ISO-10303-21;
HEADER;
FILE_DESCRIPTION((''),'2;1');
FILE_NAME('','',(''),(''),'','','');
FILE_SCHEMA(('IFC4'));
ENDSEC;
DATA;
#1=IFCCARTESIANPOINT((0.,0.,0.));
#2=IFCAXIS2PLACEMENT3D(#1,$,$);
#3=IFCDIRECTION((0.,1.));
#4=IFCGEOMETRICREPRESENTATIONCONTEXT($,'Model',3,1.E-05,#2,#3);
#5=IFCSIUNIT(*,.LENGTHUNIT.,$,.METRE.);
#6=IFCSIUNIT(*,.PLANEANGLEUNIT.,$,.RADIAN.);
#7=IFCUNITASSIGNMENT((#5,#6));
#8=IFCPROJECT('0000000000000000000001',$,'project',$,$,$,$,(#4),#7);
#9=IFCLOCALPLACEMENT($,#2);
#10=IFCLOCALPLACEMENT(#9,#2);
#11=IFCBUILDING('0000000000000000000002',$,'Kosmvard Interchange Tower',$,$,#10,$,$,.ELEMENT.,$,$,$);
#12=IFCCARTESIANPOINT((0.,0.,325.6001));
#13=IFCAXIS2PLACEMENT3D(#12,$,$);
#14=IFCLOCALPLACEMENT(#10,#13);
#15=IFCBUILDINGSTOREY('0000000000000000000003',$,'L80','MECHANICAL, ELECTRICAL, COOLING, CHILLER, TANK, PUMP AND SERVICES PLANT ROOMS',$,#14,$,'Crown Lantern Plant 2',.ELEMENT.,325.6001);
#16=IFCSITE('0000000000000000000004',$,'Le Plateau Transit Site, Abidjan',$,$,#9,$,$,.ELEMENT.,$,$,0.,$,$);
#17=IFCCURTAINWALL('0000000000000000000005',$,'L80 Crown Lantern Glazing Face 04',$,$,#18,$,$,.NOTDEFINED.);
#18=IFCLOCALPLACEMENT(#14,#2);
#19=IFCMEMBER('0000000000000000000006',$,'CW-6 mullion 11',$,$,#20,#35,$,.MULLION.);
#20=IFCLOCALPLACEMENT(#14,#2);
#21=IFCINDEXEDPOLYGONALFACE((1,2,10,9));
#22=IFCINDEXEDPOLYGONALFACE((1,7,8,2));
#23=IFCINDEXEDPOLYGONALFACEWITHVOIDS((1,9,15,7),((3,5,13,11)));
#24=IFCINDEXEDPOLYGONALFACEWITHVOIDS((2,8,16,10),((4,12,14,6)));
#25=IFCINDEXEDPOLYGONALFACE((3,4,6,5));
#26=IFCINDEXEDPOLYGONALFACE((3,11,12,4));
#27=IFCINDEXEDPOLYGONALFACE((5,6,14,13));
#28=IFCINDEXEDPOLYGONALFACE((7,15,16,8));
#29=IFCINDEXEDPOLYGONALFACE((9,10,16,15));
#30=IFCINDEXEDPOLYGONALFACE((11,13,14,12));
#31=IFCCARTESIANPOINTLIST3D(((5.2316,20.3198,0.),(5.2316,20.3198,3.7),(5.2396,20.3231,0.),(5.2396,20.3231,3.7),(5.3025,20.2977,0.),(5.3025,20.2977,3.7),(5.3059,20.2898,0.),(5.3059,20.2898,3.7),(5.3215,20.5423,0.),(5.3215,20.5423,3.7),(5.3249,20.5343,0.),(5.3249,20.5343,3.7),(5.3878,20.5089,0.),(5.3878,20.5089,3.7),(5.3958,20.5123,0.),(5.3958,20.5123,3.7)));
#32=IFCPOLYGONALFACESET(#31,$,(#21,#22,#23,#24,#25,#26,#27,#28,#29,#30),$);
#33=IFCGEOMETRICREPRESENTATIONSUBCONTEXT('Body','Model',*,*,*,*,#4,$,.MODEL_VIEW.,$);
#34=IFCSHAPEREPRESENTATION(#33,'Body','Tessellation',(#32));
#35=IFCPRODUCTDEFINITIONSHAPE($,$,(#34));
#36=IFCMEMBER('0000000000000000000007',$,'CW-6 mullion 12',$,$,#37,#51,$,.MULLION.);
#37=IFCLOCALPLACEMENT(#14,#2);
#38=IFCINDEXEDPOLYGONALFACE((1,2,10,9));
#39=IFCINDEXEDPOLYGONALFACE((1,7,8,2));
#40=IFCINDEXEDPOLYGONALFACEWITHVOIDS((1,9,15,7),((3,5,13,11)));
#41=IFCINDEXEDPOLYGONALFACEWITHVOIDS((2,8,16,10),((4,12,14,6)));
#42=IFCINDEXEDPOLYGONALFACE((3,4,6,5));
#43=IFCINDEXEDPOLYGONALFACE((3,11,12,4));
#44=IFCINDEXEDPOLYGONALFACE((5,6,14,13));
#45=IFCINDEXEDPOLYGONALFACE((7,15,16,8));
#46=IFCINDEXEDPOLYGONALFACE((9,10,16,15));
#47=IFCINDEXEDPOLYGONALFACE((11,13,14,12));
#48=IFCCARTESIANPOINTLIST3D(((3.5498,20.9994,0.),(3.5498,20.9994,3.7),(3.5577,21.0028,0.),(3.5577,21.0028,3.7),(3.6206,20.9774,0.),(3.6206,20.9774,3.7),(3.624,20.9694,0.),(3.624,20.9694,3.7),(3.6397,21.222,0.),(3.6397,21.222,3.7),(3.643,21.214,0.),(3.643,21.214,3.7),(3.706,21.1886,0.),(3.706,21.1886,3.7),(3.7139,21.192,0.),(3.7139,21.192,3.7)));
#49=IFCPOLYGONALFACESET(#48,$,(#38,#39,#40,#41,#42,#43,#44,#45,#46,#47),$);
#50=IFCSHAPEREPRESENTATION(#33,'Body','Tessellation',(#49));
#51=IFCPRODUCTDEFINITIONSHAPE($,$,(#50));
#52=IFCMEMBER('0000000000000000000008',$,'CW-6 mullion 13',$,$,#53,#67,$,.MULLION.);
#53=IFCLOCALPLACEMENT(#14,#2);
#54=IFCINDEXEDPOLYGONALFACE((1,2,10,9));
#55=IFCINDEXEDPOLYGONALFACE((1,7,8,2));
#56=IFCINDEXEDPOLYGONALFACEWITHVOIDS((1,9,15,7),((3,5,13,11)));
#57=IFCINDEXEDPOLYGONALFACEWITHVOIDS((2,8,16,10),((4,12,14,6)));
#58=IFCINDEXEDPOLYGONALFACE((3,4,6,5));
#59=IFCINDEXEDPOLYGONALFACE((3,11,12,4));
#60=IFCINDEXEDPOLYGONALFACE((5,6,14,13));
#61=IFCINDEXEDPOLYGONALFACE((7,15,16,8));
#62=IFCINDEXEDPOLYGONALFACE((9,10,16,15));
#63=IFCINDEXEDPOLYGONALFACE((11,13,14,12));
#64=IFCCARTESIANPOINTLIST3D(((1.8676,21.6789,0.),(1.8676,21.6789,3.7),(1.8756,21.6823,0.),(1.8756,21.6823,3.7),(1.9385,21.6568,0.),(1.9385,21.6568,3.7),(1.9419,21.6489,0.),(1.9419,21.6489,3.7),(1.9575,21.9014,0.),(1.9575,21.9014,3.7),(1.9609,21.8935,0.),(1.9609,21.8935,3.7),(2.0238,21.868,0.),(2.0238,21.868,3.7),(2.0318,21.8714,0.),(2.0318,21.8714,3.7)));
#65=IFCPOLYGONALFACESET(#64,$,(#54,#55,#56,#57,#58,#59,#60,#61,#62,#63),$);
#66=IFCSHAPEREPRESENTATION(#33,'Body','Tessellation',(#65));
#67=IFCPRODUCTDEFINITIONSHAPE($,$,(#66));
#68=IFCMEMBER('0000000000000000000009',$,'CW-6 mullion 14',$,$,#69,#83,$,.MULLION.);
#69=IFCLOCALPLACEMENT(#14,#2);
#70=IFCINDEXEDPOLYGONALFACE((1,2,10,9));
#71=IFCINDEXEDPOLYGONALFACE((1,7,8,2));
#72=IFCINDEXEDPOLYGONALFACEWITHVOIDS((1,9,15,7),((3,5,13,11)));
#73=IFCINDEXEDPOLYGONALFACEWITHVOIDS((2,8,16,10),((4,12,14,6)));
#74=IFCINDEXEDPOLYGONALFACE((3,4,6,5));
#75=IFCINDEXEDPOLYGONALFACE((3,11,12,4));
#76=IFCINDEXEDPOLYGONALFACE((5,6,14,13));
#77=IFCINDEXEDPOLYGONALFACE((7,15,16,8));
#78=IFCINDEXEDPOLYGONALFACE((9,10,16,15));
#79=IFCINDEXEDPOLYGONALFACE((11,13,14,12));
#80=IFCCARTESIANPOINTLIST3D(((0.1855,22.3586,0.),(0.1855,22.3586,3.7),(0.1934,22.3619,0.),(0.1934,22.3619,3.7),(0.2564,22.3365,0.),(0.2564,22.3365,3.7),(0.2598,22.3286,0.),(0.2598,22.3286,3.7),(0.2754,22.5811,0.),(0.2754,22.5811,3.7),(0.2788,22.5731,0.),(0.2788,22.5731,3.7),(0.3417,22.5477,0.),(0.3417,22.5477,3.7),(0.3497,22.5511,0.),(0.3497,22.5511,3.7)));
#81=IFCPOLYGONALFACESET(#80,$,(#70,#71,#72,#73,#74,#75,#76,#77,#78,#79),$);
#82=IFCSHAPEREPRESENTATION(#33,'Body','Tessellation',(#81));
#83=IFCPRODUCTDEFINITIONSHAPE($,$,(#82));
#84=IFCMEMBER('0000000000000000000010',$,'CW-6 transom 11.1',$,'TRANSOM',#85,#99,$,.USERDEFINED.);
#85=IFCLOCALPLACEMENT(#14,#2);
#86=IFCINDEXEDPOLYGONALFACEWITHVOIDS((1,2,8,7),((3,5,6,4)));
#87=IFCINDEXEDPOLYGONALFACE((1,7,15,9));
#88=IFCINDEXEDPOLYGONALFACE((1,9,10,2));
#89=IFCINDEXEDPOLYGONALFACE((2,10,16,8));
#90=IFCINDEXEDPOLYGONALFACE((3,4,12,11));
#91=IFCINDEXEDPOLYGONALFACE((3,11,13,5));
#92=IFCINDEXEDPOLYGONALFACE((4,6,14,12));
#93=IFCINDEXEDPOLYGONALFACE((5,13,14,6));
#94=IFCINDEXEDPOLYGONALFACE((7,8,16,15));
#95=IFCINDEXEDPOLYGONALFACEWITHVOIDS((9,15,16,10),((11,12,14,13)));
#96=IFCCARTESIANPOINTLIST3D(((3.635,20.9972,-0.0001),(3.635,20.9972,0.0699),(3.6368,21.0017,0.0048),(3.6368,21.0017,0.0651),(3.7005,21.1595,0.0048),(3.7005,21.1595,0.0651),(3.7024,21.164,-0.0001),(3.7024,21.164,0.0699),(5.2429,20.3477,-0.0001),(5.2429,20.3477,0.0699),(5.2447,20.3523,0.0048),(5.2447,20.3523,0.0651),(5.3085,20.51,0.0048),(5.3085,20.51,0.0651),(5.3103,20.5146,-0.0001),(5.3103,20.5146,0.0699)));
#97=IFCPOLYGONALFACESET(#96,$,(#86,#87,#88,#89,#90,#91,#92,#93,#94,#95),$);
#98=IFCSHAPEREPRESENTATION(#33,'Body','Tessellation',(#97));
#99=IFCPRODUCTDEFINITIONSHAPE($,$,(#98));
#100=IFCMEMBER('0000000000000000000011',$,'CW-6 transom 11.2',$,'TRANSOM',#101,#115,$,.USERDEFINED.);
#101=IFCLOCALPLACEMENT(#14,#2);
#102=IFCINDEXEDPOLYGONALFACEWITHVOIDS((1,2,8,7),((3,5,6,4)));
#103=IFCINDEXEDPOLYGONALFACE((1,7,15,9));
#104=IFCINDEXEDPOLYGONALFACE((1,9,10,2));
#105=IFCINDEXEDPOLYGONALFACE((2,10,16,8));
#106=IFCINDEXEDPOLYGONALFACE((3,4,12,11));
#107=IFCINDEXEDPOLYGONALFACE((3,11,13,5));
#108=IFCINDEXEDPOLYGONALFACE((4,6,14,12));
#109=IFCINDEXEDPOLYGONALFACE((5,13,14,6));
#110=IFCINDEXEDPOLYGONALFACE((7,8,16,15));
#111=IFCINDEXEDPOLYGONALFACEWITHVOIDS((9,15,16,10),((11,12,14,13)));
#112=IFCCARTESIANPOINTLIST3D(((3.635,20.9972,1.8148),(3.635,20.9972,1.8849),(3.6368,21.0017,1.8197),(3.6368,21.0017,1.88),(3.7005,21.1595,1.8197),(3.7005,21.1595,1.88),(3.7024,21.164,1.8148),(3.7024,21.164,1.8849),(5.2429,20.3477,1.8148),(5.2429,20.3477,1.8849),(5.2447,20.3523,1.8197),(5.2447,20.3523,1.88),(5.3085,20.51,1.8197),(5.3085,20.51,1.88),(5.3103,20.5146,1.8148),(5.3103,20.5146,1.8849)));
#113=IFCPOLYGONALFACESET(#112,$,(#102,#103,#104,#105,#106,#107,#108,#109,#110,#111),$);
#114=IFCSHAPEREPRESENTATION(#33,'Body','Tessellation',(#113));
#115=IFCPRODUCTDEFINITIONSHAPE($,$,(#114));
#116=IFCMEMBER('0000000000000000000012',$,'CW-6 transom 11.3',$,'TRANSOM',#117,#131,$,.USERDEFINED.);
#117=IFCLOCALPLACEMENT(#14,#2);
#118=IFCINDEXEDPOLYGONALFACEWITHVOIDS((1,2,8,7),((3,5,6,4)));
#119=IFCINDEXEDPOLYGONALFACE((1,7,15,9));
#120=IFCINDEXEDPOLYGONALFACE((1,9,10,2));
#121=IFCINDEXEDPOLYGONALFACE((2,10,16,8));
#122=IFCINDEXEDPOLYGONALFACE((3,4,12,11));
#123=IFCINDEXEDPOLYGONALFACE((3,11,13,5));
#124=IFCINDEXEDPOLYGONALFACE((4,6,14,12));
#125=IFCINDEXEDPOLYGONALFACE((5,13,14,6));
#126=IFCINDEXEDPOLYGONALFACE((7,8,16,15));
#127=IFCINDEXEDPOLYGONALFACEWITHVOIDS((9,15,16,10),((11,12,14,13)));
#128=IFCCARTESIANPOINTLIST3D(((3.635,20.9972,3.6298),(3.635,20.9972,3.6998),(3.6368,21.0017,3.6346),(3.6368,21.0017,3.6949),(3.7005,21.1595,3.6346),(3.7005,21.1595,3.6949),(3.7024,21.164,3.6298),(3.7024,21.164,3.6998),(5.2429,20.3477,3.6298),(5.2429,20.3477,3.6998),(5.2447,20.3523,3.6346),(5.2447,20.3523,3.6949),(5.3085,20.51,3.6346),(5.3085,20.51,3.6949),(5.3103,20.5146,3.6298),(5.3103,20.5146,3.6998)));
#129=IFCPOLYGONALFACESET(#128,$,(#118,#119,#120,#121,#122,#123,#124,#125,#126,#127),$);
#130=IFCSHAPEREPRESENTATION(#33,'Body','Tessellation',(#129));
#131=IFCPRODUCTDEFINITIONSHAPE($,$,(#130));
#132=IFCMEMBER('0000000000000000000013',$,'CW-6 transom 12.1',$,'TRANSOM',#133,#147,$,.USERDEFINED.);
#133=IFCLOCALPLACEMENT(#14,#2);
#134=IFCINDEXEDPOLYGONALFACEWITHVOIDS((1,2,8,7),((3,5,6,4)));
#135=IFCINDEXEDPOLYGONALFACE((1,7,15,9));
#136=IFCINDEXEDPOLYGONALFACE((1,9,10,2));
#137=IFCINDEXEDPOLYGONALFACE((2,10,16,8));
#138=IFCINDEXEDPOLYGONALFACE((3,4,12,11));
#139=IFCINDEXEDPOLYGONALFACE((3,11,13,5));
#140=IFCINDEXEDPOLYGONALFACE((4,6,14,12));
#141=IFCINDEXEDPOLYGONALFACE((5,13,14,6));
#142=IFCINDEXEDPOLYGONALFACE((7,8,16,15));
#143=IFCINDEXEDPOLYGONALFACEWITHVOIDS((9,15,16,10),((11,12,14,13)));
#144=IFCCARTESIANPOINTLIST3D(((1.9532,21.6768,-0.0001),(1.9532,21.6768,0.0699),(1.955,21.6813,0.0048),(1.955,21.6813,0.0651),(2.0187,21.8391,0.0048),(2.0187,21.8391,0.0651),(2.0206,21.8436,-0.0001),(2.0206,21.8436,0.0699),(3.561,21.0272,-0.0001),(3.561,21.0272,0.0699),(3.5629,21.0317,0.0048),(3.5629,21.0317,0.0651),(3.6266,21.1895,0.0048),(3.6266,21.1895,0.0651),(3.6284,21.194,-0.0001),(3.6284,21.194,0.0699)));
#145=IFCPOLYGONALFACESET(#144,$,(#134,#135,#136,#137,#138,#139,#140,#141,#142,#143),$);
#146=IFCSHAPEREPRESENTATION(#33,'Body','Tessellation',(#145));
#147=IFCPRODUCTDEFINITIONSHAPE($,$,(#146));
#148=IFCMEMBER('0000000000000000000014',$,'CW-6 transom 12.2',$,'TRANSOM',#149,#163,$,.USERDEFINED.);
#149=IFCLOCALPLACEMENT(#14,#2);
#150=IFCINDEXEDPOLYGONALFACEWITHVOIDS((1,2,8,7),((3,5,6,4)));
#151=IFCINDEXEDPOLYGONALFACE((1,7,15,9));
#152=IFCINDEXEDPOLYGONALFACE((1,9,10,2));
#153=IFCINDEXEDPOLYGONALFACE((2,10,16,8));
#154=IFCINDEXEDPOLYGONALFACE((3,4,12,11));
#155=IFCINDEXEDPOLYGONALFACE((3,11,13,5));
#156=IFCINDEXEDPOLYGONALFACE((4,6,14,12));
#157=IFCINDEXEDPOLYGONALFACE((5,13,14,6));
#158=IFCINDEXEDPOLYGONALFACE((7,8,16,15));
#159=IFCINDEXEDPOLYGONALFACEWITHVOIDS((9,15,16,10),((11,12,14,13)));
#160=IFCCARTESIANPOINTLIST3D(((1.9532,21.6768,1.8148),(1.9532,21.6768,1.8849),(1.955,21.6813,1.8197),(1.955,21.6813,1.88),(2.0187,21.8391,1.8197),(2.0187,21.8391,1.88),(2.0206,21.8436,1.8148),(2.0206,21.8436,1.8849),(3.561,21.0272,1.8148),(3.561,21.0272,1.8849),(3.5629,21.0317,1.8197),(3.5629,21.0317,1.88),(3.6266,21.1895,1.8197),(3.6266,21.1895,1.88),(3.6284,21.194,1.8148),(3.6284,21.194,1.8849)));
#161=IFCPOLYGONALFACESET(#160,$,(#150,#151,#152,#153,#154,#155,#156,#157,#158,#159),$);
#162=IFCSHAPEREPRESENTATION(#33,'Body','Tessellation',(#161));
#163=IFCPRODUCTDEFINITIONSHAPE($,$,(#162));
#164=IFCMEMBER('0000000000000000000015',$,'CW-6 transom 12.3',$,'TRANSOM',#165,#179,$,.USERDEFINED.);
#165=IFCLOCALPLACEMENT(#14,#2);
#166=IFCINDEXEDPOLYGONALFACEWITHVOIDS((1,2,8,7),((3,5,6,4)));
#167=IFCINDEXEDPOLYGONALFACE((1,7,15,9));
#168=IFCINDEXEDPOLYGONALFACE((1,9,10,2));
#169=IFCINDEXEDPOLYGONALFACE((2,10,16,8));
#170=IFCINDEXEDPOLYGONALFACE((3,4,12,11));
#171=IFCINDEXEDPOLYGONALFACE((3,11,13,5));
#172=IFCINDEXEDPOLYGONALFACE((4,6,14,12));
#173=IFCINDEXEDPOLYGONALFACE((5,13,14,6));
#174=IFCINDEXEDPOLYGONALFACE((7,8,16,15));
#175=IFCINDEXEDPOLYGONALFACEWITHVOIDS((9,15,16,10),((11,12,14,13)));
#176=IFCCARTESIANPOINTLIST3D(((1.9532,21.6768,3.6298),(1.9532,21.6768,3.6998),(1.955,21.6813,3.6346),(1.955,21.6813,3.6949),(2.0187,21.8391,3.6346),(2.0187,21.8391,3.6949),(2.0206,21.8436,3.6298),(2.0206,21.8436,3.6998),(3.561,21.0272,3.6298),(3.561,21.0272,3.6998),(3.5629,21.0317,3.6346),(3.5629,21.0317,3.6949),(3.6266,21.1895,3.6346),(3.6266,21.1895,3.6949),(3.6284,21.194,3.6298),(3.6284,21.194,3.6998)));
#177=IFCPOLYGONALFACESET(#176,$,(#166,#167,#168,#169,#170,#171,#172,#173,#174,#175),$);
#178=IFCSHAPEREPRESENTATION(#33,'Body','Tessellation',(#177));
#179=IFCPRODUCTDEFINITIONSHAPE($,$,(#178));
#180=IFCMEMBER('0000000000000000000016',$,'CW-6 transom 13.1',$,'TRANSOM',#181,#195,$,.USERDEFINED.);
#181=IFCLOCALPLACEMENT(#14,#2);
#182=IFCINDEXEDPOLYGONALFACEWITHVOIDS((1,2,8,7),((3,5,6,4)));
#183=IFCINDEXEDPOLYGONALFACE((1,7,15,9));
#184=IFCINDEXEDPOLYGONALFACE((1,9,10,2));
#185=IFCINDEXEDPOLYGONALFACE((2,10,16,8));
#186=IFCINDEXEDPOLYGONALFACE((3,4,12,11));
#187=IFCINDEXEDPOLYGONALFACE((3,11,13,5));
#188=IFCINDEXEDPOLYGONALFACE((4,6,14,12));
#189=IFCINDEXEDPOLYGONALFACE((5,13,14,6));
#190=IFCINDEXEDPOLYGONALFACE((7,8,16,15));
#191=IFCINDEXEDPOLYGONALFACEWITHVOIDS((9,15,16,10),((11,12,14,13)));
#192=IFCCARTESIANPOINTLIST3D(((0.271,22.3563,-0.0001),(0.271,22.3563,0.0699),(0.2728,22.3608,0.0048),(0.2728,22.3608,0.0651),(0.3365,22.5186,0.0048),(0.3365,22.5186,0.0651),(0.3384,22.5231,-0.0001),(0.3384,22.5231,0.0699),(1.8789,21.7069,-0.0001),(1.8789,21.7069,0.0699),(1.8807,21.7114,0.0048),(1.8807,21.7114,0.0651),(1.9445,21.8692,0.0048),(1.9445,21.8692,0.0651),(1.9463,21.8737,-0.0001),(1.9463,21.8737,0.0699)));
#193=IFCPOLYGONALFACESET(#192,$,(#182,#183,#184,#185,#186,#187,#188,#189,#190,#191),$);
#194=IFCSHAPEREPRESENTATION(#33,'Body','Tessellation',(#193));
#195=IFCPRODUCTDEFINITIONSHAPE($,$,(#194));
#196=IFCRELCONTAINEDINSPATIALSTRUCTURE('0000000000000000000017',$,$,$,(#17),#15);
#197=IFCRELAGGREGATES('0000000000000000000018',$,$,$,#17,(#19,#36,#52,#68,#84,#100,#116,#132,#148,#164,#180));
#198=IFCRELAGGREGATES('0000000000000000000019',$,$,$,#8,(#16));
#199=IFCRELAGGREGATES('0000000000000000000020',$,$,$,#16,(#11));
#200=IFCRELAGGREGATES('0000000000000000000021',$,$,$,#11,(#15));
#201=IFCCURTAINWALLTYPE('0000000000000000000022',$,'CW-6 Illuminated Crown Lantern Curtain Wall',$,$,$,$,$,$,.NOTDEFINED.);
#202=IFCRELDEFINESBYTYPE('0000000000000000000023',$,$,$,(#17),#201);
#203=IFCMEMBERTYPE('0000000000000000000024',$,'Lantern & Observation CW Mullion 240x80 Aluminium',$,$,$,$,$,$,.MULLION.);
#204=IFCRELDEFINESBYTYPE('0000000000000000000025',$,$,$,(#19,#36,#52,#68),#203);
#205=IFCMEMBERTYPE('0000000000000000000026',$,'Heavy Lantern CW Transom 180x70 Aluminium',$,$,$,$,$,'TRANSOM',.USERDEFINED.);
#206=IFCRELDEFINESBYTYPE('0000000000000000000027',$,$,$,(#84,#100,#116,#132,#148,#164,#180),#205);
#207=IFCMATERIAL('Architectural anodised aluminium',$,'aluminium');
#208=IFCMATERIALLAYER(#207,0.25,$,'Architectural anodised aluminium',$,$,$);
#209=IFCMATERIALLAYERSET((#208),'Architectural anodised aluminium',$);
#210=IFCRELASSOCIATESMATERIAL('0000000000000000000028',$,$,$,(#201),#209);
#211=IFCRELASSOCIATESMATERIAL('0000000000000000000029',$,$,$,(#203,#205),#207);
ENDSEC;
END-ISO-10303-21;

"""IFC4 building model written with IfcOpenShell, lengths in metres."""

from ifc_helpers import new_model, si_unit, direction, frame, origin, origin_2d, place, context, subcontext, project, spatial, hollow_rectangle, extrude, source, transform, mapped, material, layer, layer_set, material_profile, profile_set, type_object, element, aggregate, save


model = new_model("IFC4")

# Units and contexts
model_context = context("Model", 3, precision=1e-05, world=origin(), true_north=direction((0.0, 1.0)))
body_context = subcontext(model_context, "Body", "Model", "MODEL_VIEW")
ifc_project = project(units=[si_unit("LENGTHUNIT", "METRE"), si_unit("PLANEANGLEUNIT", "RADIAN")], contexts=[model_context])

# Site, building, storey
site_placement = place(None, origin())
site = spatial("IfcSite", under=ifc_project, at=site_placement, Name="Le Plateau Transit Site, Abidjan", CompositionType="ELEMENT", RefElevation=0.0)
building_placement = place(site_placement, origin())
building = spatial("IfcBuilding", under=site, at=building_placement, Name="Kosmvard Interchange Tower", CompositionType="ELEMENT")
storey_placement = place(building_placement, frame((0.0, 0.0, 325.6001)))
storey = spatial("IfcBuildingStorey", under=building, at=storey_placement, Name="L80", Description="MECHANICAL, ELECTRICAL, COOLING, CHILLER, TANK, PUMP AND SERVICES PLANT ROOMS", LongName="Crown Lantern Plant 2", CompositionType="ELEMENT", Elevation=325.6001)

# Curtain wall, members
ifc_material_1 = material(Name="Architectural anodised aluminium", Category="aluminium")
ifc_layer_1 = layer(ifc_material_1, 0.25, Name="Architectural anodised aluminium")
ifc_layer_set_1 = layer_set([ifc_layer_1], Name="Architectural anodised aluminium")
curtain_wall_type = type_object("IfcCurtainWallType", Name="CW-6 Illuminated Crown Lantern Curtain Wall", PredefinedType="NOTDEFINED", material=ifc_layer_set_1)
curtain_wall_placement = place(storey_placement, origin())
curtain_wall = element("IfcCurtainWall", 1, at=curtain_wall_placement, inside=storey, type_object=curtain_wall_type, Name="L80 Crown Lantern Glazing Face 04", PredefinedType="NOTDEFINED")
ifc_material_profile_1 = material_profile(ifc_material_1, hollow_rectangle(XDim=0.24, YDim=0.0801, WallThickness=0.0061, at=origin_2d()), Name="CWM 240x80x6")
ifc_profile_set_1 = profile_set([ifc_material_profile_1], Name="Architectural anodised aluminium")
member_type_1 = type_object("IfcMemberType", Name="Lantern & Observation CW Mullion 240x80 Aluminium", PredefinedType="MULLION", material=ifc_profile_set_1)
shared_shape_1 = source(origin(), body_context, "Body", "SweptSolid", [
    extrude(hollow_rectangle(XDim=0.24, YDim=0.0801, WallThickness=0.0061, at=origin_2d()), origin(), (0.0, 0.0, 1.0), 3.7),
])
member_1_placement = place(storey_placement, frame((5.3137, 20.416, 0.0), z_axis=(0.0, 0.0, 1.0), x_axis=(-0.374607, -0.927184, 0.0)))
member_1 = element("IfcMember", 2, at=member_1_placement, type_object=member_type_1, Name="CW-6 mullion 11", PredefinedType="MULLION", context=body_context, shape_type="MappedRepresentation", body=[
    mapped(shared_shape_1, transform((0.0, 0.0, 0.0), scale=1.0)),
])
member_2_placement = place(storey_placement, frame((3.6318, 21.0957, 0.0), z_axis=(0.0, 0.0, 1.0), x_axis=(-0.374607, -0.927184, 0.0)))
member_2 = element("IfcMember", 3, at=member_2_placement, type_object=member_type_1, Name="CW-6 mullion 12", PredefinedType="MULLION", context=body_context, shape_type="MappedRepresentation", body=[
    mapped(shared_shape_1, transform((0.0, 0.0, 0.0), scale=1.0)),
])
member_3_placement = place(storey_placement, frame((1.9497, 21.7751, 0.0), z_axis=(0.0, 0.0, 1.0), x_axis=(-0.374607, -0.927184, 0.0)))
member_3 = element("IfcMember", 4, at=member_3_placement, type_object=member_type_1, Name="CW-6 mullion 13", PredefinedType="MULLION", context=body_context, shape_type="MappedRepresentation", body=[
    mapped(shared_shape_1, transform((0.0, 0.0, 0.0), scale=1.0)),
])
member_4_placement = place(storey_placement, frame((0.2676, 22.4548, 0.0), z_axis=(0.0, 0.0, 1.0), x_axis=(-0.374607, -0.927184, 0.0)))
member_4 = element("IfcMember", 5, at=member_4_placement, type_object=member_type_1, Name="CW-6 mullion 14", PredefinedType="MULLION", context=body_context, shape_type="MappedRepresentation", body=[
    mapped(shared_shape_1, transform((0.0, 0.0, 0.0), scale=1.0)),
])
ifc_material_profile_2 = material_profile(ifc_material_1, hollow_rectangle(XDim=0.1799, YDim=0.0701, WallThickness=0.0049, at=origin_2d()), Name="CWT 180x70x5")
ifc_profile_set_2 = profile_set([ifc_material_profile_2], Name="Architectural anodised aluminium")
member_type_2 = type_object("IfcMemberType", Name="Heavy Lantern CW Transom 180x70 Aluminium", ElementType="TRANSOM", PredefinedType="USERDEFINED", material=ifc_profile_set_2)
shared_shape_2 = source(origin(), body_context, "Body", "SweptSolid", [
    extrude(hollow_rectangle(XDim=0.1799, YDim=0.0701, WallThickness=0.0049, at=origin_2d()), origin(), (0.0, 0.0, 1.0), 1.7341),
])
member_5_placement = place(storey_placement, frame((5.2766, 20.4312, 0.0349), z_axis=(-0.927229, 0.374496, 0.0), x_axis=(-0.374496, -0.927229, 0.0)))
member_5 = element("IfcMember", 6, at=member_5_placement, type_object=member_type_2, Name="CW-6 transom 11.1", ObjectType="TRANSOM", PredefinedType="USERDEFINED", context=body_context, shape_type="MappedRepresentation", body=[
    mapped(shared_shape_2, transform((0.0, 0.0, 0.0), scale=1.0)),
])
member_6_placement = place(storey_placement, frame((5.2766, 20.4312, 1.8499), z_axis=(-0.927229, 0.374496, 0.0), x_axis=(-0.374496, -0.927229, 0.0)))
member_6 = element("IfcMember", 7, at=member_6_placement, type_object=member_type_2, Name="CW-6 transom 11.2", ObjectType="TRANSOM", PredefinedType="USERDEFINED", context=body_context, shape_type="MappedRepresentation", body=[
    mapped(shared_shape_2, transform((0.0, 0.0, 0.0), scale=1.0)),
])
member_7_placement = place(storey_placement, frame((5.2766, 20.4312, 3.6648), z_axis=(-0.927229, 0.374496, 0.0), x_axis=(-0.374496, -0.927229, 0.0)))
member_7 = element("IfcMember", 8, at=member_7_placement, type_object=member_type_2, Name="CW-6 transom 11.3", ObjectType="TRANSOM", PredefinedType="USERDEFINED", context=body_context, shape_type="MappedRepresentation", body=[
    mapped(shared_shape_2, transform((0.0, 0.0, 0.0), scale=1.0)),
])
member_8_placement = place(storey_placement, frame((3.5947, 21.1106, 0.0349), z_axis=(-0.92718, 0.374617, 0.0), x_axis=(-0.374617, -0.92718, 0.0)))
member_8 = element("IfcMember", 9, at=member_8_placement, type_object=member_type_2, Name="CW-6 transom 12.1", ObjectType="TRANSOM", PredefinedType="USERDEFINED", context=body_context, shape_type="MappedRepresentation", body=[
    mapped(shared_shape_2, transform((0.0, 0.0, 0.0), scale=1.0)),
])
member_9_placement = place(storey_placement, frame((3.5947, 21.1106, 1.8499), z_axis=(-0.92718, 0.374617, 0.0), x_axis=(-0.374617, -0.92718, 0.0)))
member_9 = element("IfcMember", 10, at=member_9_placement, type_object=member_type_2, Name="CW-6 transom 12.2", ObjectType="TRANSOM", PredefinedType="USERDEFINED", context=body_context, shape_type="MappedRepresentation", body=[
    mapped(shared_shape_2, transform((0.0, 0.0, 0.0), scale=1.0)),
])
member_10_placement = place(storey_placement, frame((3.5947, 21.1106, 3.6648), z_axis=(-0.92718, 0.374617, 0.0), x_axis=(-0.374617, -0.92718, 0.0)))
member_10 = element("IfcMember", 11, at=member_10_placement, type_object=member_type_2, Name="CW-6 transom 12.3", ObjectType="TRANSOM", PredefinedType="USERDEFINED", context=body_context, shape_type="MappedRepresentation", body=[
    mapped(shared_shape_2, transform((0.0, 0.0, 0.0), scale=1.0)),
])
member_11_placement = place(storey_placement, frame((1.9126, 21.7903, 0.0349), z_axis=(-0.927229, 0.374496, 0.0), x_axis=(-0.374496, -0.927229, 0.0)))
member_11 = element("IfcMember", 12, at=member_11_placement, type_object=member_type_2, Name="CW-6 transom 13.1", ObjectType="TRANSOM", PredefinedType="USERDEFINED", context=body_context, shape_type="MappedRepresentation", body=[
    mapped(shared_shape_2, transform((0.0, 0.0, 0.0), scale=1.0)),
])
aggregate(curtain_wall, [member_1, member_2, member_3, member_4, member_5, member_6, member_7, member_8, member_9, member_10, member_11])

save(model, "model.ifc")
